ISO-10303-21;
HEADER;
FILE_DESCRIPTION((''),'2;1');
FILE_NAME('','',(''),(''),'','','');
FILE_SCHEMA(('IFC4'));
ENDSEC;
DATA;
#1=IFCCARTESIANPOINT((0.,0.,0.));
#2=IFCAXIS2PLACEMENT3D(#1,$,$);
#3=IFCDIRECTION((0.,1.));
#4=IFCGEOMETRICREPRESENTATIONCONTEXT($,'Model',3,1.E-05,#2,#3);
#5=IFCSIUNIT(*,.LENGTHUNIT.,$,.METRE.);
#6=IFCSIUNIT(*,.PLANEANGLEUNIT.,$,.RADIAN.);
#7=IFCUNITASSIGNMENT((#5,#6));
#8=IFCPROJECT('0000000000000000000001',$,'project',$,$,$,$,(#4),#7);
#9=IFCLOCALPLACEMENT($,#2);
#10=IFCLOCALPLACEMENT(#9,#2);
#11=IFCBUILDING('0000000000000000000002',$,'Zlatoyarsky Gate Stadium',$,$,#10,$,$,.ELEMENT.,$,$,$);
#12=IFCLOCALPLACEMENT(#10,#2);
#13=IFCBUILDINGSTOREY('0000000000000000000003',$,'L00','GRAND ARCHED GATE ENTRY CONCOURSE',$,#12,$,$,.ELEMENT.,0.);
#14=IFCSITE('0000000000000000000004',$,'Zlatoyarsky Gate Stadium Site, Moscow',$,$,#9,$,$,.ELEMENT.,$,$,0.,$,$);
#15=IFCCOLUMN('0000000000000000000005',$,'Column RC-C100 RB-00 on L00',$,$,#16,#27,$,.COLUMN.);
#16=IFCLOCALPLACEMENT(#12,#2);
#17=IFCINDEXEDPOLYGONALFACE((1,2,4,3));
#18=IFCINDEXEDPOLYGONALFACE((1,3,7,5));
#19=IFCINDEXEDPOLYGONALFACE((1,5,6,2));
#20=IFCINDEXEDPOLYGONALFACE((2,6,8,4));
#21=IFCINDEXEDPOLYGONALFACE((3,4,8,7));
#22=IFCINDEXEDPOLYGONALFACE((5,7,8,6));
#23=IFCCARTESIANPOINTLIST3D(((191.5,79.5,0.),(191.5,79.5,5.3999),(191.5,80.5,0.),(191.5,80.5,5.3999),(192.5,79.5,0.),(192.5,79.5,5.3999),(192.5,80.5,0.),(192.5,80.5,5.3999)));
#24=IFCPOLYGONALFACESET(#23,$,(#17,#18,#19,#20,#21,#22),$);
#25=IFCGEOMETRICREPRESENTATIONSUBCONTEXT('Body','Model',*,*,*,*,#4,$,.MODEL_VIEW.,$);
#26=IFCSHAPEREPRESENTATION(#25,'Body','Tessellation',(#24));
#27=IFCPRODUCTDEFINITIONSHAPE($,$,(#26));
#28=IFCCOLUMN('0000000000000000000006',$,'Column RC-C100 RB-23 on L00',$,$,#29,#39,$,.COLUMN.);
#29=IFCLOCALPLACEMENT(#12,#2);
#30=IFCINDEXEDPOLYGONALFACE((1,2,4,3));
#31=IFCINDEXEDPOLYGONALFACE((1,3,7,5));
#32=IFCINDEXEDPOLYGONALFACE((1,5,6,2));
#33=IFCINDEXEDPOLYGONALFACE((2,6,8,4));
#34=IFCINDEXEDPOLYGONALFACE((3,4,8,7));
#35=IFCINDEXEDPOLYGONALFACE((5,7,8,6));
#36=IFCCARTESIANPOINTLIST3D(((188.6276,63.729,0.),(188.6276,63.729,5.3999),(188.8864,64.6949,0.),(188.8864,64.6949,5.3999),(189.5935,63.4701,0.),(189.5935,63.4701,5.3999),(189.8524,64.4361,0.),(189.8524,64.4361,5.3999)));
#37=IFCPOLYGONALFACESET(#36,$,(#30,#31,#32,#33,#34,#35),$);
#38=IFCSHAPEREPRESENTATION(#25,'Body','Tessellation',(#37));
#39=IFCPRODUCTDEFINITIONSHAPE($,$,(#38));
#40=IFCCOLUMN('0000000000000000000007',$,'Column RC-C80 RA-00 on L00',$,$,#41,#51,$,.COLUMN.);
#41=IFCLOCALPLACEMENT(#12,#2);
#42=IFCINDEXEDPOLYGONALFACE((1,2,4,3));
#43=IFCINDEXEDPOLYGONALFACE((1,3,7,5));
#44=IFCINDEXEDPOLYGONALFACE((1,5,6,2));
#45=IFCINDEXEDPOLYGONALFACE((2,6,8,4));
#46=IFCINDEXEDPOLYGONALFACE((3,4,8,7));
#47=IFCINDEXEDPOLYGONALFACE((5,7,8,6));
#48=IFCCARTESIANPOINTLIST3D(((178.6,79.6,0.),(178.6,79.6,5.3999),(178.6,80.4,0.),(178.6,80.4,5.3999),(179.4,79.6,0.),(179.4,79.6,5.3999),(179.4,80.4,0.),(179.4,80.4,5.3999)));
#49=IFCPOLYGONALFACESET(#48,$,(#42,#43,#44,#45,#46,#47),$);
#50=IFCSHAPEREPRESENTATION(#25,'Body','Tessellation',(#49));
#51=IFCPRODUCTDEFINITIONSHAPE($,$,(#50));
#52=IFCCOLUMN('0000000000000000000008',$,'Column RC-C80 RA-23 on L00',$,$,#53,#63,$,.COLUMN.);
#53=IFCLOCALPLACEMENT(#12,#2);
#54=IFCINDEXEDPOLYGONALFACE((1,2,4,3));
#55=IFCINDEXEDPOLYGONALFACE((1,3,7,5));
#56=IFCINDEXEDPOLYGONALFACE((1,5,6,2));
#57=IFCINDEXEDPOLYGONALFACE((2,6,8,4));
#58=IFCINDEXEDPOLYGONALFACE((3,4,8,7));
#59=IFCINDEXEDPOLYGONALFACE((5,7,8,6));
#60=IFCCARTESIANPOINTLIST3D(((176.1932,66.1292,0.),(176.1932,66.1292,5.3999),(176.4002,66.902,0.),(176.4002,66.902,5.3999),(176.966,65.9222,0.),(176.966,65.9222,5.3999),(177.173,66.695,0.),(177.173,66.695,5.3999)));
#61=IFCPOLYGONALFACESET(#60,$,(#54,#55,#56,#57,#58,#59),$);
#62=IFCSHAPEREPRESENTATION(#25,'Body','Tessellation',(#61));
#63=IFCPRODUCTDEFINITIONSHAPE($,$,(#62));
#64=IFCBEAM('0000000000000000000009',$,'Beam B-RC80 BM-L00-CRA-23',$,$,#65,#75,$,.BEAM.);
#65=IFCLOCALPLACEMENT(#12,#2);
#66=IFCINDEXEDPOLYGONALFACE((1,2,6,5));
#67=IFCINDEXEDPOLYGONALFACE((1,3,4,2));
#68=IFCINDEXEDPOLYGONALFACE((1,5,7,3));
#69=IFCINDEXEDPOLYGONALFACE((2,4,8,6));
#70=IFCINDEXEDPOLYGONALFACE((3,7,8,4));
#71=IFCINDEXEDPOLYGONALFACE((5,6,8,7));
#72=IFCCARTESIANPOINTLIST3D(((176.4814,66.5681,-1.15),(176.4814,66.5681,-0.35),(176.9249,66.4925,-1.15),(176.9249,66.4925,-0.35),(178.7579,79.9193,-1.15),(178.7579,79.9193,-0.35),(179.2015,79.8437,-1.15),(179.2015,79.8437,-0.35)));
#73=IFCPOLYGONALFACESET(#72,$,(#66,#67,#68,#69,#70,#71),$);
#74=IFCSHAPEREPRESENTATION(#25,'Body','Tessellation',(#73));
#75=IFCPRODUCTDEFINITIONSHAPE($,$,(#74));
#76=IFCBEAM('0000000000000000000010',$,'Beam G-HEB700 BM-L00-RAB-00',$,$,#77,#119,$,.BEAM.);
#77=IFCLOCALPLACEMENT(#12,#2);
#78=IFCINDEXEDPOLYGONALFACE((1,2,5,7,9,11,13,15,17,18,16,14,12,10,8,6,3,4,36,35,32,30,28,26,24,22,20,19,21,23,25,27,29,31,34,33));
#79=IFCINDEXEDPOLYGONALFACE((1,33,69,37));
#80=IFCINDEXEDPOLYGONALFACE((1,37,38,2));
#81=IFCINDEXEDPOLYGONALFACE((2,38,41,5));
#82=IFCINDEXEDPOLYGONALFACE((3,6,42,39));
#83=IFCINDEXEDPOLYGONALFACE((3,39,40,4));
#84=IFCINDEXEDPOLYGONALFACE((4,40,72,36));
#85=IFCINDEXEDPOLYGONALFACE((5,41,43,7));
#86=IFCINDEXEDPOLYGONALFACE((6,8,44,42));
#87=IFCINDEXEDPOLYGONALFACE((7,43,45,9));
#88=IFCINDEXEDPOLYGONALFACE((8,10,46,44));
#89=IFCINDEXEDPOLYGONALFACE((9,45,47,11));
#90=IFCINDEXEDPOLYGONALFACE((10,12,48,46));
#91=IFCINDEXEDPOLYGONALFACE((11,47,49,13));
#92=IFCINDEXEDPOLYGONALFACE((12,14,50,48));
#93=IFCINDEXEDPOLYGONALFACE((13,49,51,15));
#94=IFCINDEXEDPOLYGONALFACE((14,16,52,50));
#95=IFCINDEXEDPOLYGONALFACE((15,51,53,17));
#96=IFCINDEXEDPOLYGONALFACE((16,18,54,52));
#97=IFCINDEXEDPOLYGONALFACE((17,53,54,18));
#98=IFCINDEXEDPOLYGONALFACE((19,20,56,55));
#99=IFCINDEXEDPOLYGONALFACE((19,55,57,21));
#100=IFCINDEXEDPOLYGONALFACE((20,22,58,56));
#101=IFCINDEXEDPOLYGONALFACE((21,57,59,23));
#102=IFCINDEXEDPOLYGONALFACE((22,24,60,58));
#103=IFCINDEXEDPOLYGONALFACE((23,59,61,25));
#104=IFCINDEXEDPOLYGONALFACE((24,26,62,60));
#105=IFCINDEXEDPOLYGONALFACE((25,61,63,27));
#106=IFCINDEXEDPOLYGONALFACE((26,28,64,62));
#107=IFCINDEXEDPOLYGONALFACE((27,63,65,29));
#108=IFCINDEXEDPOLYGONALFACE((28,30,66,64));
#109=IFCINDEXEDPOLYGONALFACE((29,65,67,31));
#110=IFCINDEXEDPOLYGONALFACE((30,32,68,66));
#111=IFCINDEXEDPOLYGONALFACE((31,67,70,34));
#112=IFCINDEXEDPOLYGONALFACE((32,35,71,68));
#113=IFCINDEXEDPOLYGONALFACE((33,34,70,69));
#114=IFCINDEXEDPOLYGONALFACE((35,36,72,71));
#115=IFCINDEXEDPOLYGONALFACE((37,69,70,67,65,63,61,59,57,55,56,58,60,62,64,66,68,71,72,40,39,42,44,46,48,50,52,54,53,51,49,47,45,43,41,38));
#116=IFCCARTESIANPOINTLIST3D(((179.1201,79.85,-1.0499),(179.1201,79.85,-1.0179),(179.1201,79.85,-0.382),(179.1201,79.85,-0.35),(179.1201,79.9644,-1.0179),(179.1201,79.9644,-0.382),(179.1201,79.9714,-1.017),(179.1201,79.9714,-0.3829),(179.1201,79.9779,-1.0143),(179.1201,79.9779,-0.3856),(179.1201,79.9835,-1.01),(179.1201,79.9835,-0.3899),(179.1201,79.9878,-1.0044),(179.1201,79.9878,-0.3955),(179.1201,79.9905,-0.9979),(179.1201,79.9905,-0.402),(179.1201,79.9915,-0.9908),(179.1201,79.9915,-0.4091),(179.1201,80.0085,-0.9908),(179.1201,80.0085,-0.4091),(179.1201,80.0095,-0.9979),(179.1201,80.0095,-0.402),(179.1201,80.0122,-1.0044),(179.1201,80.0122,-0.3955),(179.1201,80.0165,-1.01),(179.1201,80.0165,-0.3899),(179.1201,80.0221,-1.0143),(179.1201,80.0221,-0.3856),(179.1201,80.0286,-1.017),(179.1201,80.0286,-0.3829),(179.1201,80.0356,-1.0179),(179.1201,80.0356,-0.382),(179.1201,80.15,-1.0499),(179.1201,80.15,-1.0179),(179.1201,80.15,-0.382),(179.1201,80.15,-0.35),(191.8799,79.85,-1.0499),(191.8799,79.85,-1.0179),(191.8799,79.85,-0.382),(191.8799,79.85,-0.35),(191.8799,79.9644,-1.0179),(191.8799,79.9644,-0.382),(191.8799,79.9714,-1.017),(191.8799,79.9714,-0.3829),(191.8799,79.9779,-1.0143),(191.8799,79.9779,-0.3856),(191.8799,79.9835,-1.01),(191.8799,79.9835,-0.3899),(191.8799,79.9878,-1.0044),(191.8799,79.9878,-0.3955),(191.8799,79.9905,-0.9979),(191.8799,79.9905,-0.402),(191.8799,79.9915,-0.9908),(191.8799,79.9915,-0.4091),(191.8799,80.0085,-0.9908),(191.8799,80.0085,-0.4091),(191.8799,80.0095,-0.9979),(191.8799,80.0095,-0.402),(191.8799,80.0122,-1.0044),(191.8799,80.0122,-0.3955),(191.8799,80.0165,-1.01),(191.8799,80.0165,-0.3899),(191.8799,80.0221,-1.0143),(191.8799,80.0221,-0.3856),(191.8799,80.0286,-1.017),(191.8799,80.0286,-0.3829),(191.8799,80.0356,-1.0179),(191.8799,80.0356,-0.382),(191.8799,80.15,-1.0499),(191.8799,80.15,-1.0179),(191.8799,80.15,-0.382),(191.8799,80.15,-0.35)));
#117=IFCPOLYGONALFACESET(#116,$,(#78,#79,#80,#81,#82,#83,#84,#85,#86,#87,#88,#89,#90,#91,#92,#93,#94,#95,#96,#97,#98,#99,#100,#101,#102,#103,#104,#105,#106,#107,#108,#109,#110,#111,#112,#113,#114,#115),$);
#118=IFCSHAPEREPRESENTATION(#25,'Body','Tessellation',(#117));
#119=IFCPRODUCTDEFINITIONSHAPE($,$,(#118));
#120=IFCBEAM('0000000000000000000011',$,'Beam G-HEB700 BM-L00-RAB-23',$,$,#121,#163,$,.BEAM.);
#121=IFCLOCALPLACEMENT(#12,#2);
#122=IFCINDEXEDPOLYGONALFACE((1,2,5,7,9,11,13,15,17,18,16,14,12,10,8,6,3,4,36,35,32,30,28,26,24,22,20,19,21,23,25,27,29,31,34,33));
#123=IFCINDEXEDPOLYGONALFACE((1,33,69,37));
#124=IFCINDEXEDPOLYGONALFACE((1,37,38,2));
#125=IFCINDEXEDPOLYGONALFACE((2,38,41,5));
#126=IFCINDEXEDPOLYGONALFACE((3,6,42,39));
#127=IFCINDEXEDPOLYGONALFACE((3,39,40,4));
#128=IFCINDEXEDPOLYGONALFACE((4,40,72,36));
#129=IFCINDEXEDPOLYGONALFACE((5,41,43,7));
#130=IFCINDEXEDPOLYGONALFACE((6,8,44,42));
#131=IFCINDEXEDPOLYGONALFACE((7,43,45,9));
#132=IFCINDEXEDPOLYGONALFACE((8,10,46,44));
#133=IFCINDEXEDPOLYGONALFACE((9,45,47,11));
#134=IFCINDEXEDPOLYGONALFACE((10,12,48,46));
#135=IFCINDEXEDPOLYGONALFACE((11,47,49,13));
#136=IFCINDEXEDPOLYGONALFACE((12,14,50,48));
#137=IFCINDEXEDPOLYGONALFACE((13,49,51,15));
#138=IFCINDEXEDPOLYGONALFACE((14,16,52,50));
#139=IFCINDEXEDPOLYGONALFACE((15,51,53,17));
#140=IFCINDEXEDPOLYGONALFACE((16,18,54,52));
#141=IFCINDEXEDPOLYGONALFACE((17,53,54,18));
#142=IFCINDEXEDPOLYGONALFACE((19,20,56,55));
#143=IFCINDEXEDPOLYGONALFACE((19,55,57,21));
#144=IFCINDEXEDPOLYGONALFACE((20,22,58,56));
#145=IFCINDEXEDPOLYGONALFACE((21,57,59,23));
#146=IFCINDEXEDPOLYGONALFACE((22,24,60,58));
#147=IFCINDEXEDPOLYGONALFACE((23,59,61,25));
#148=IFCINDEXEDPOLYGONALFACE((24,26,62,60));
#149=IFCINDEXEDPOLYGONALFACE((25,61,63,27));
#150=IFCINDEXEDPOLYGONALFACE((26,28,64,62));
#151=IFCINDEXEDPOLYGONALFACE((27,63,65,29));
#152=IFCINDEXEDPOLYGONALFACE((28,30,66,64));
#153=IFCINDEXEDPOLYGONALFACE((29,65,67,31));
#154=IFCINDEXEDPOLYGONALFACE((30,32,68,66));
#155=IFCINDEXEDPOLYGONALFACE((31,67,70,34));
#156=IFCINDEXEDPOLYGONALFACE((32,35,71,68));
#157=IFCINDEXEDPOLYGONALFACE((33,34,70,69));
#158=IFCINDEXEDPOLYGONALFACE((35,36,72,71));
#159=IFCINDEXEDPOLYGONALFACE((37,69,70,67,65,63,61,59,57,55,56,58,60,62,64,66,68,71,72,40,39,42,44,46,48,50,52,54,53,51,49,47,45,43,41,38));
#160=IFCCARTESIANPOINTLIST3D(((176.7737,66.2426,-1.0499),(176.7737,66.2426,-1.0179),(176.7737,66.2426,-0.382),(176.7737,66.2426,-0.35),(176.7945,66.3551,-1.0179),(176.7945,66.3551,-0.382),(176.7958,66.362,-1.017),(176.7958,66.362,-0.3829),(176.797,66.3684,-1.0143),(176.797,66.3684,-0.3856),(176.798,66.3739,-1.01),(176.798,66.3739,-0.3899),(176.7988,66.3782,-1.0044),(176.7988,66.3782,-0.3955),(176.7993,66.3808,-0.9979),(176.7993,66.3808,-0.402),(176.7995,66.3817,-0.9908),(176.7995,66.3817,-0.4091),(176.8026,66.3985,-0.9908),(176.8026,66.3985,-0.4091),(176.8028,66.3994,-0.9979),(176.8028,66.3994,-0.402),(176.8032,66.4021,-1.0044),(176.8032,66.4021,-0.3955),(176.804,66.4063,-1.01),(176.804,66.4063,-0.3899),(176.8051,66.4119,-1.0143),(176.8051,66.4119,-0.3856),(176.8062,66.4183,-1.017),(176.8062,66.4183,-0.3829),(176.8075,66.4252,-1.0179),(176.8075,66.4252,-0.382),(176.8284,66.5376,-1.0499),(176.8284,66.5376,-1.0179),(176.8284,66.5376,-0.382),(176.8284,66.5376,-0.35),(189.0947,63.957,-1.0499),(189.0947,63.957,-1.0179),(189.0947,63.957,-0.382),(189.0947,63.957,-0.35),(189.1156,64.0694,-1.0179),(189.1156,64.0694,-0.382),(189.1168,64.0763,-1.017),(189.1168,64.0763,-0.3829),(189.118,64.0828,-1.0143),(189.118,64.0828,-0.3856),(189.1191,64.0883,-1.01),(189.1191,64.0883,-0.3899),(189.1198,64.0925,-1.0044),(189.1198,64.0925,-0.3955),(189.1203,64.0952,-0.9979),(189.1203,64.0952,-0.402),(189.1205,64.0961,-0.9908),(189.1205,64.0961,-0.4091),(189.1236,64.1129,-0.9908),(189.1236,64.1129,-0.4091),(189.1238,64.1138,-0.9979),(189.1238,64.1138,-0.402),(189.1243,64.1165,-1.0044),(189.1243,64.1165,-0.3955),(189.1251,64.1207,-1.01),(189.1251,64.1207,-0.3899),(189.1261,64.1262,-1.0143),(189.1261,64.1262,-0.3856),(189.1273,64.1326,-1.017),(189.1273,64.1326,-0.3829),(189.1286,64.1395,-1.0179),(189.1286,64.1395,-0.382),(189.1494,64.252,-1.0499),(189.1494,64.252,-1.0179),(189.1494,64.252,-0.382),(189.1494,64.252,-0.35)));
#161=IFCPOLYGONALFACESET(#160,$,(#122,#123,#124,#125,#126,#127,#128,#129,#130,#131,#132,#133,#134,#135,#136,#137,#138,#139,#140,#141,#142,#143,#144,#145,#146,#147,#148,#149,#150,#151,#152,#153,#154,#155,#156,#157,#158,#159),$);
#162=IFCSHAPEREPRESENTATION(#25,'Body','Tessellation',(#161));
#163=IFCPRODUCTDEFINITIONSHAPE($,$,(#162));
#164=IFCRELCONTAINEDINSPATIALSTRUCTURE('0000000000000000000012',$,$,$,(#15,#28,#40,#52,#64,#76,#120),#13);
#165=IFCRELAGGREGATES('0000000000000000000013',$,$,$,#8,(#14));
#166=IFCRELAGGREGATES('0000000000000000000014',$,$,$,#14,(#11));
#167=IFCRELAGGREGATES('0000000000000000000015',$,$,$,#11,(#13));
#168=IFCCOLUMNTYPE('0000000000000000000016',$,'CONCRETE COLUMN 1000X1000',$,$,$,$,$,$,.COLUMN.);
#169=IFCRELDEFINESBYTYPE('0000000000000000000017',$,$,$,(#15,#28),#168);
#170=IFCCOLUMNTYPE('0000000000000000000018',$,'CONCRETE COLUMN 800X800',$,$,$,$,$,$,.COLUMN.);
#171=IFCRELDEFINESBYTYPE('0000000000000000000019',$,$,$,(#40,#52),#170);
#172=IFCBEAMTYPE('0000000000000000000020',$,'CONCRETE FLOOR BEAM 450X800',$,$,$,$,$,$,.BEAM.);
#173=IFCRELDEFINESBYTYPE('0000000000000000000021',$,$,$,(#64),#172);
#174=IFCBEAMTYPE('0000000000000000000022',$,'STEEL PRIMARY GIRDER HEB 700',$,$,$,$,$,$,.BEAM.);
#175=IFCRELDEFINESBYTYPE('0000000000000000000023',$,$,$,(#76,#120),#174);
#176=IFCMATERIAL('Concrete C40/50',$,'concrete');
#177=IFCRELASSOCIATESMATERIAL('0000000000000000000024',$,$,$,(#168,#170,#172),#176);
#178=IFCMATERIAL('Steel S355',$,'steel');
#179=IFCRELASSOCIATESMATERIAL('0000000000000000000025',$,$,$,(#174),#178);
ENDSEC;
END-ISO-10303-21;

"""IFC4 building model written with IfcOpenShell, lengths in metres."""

from ifc_helpers import new_model, si_unit, direction, frame, origin, origin_2d, place, context, subcontext, project, spatial, rectangle, i_section, extrude, material, material_profile, profile_set, type_object, element, save


model = new_model("IFC4")

# Units and contexts
model_context = context("Model", 3, precision=1e-05, world=origin(), true_north=direction((0.0, 1.0)))
body_context = subcontext(model_context, "Body", "Model", "MODEL_VIEW")
ifc_project = project(units=[si_unit("LENGTHUNIT", "METRE"), si_unit("PLANEANGLEUNIT", "RADIAN")], contexts=[model_context])

# Site, building, storey
site_placement = place(None, origin())
site = spatial("IfcSite", under=ifc_project, at=site_placement, Name="Zlatoyarsky Gate Stadium Site, Moscow", CompositionType="ELEMENT", RefElevation=0.0)
building_placement = place(site_placement, origin())
building = spatial("IfcBuilding", under=site, at=building_placement, Name="Zlatoyarsky Gate Stadium", CompositionType="ELEMENT")
storey_placement = place(building_placement, origin())
storey = spatial("IfcBuildingStorey", under=building, at=storey_placement, Name="L00", Description="GRAND ARCHED GATE ENTRY CONCOURSE", CompositionType="ELEMENT", Elevation=0.0)

# Columns
ifc_material_1 = material(Name="Concrete C40/50", Category="concrete")
ifc_material_profile_1 = material_profile(ifc_material_1, rectangle(XDim=1.0, YDim=1.0, at=origin_2d()), Name="RC COL 1000X1000")
ifc_profile_set_1 = profile_set([ifc_material_profile_1], Name="Concrete C40/50")
column_type_1 = type_object("IfcColumnType", Name="CONCRETE COLUMN 1000X1000", PredefinedType="COLUMN", material=ifc_profile_set_1)
for number, where, z_axis, x_axis, name in (
    (1, (192.0, 80.0, 0.0), (0.0, 0.0, 1.0), (1.0, 0.0, 0.0), "Column RC-C100 RB-00 on L00"),
    (2, (189.24, 64.0825, 0.0), (0.0, 0.0, 1.0), (0.965926, -0.258819, 0.0), "Column RC-C100 RB-23 on L00"),
):
    element("IfcColumn", number, at=place(storey_placement, frame(where, z_axis=z_axis, x_axis=x_axis)), inside=storey, type_object=column_type_1, Name=name, PredefinedType="COLUMN", context=body_context, shape_type="SweptSolid", body=[
        extrude(rectangle(XDim=1.0, YDim=1.0, at=origin_2d()), origin(), (0.0, 0.0, 1.0), 5.3999),
    ])
ifc_material_profile_2 = material_profile(ifc_material_1, rectangle(XDim=0.8, YDim=0.8, at=origin_2d()), Name="RC COL 800X800")
ifc_profile_set_2 = profile_set([ifc_material_profile_2], Name="Concrete C40/50")
column_type_2 = type_object("IfcColumnType", Name="CONCRETE COLUMN 800X800", PredefinedType="COLUMN", material=ifc_profile_set_2)
for number, where, z_axis, x_axis, name in (
    (3, (179.0, 80.0, 0.0), (0.0, 0.0, 1.0), (1.0, 0.0, 0.0), "Column RC-C80 RA-00 on L00"),
    (4, (176.6831, 66.4121, 0.0), (0.0, 0.0, 1.0), (0.965926, -0.258819, 0.0), "Column RC-C80 RA-23 on L00"),
):
    element("IfcColumn", number, at=place(storey_placement, frame(where, z_axis=z_axis, x_axis=x_axis)), inside=storey, type_object=column_type_2, Name=name, PredefinedType="COLUMN", context=body_context, shape_type="SweptSolid", body=[
        extrude(rectangle(XDim=0.8, YDim=0.8, at=origin_2d()), origin(), (0.0, 0.0, 1.0), 5.3999),
    ])

# Beams
ifc_material_profile_3 = material_profile(ifc_material_1, rectangle(XDim=0.45, YDim=0.8, at=origin_2d()), Name="RC BEAM 450X800")
ifc_profile_set_3 = profile_set([ifc_material_profile_3], Name="Concrete C40/50")
beam_type_1 = type_object("IfcBeamType", Name="CONCRETE FLOOR BEAM 450X800", PredefinedType="BEAM", material=ifc_profile_set_3)
beam_1_placement = place(storey_placement, frame((176.7031, 66.5303, -0.75), z_axis=(0.16809, 0.985772, 0.0), x_axis=(-0.985772, 0.16809, 0.0)))
element("IfcBeam", 5, at=beam_1_placement, inside=storey, type_object=beam_type_1, Name="Beam B-RC80 BM-L00-CRA-23", PredefinedType="BEAM", context=body_context, shape_type="SweptSolid", body=[
    extrude(rectangle(XDim=0.45, YDim=0.8, at=origin_2d()), origin(), (0.0, 0.0, 1.0), 13.5439),
])
ifc_material_2 = material(Name="Steel S355", Category="steel")
ifc_material_profile_4 = material_profile(ifc_material_2, i_section(OverallWidth=0.3, OverallDepth=0.7, WebThickness=0.0171, FlangeThickness=0.032, FilletRadius=0.0271, at=origin_2d()), Name="HEB 700")
ifc_profile_set_4 = profile_set([ifc_material_profile_4], Name="Steel S355")
beam_type_2 = type_object("IfcBeamType", Name="STEEL PRIMARY GIRDER HEB 700", PredefinedType="BEAM", material=ifc_profile_set_4)
beam_2_placement = place(storey_placement, frame((179.1201, 80.0, -0.7), z_axis=(1.0, 0.0, 0.0), x_axis=(0.0, 1.0, 0.0)))
element("IfcBeam", 6, at=beam_2_placement, inside=storey, type_object=beam_type_2, Name="Beam G-HEB700 BM-L00-RAB-00", PredefinedType="BEAM", context=body_context, shape_type="SweptSolid", body=[
    extrude(i_section(OverallWidth=0.3, OverallDepth=0.7, WebThickness=0.0171, FlangeThickness=0.032, FilletRadius=0.0271, at=origin_2d()), origin(), (0.0, 0.0, 1.0), 12.7598),
])
beam_3_placement = place(storey_placement, frame((176.801, 66.3901, -0.7), z_axis=(0.983225, -0.182396, 0.0), x_axis=(0.182396, 0.983225, 0.0)))
element("IfcBeam", 7, at=beam_3_placement, inside=storey, type_object=beam_type_2, Name="Beam G-HEB700 BM-L00-RAB-23", PredefinedType="BEAM", context=body_context, shape_type="SweptSolid", body=[
    extrude(i_section(OverallWidth=0.3, OverallDepth=0.7, WebThickness=0.0171, FlangeThickness=0.032, FilletRadius=0.0271, at=origin_2d()), origin(), (0.0, 0.0, 1.0), 12.5312),
])

save(model, "model.ifc")
